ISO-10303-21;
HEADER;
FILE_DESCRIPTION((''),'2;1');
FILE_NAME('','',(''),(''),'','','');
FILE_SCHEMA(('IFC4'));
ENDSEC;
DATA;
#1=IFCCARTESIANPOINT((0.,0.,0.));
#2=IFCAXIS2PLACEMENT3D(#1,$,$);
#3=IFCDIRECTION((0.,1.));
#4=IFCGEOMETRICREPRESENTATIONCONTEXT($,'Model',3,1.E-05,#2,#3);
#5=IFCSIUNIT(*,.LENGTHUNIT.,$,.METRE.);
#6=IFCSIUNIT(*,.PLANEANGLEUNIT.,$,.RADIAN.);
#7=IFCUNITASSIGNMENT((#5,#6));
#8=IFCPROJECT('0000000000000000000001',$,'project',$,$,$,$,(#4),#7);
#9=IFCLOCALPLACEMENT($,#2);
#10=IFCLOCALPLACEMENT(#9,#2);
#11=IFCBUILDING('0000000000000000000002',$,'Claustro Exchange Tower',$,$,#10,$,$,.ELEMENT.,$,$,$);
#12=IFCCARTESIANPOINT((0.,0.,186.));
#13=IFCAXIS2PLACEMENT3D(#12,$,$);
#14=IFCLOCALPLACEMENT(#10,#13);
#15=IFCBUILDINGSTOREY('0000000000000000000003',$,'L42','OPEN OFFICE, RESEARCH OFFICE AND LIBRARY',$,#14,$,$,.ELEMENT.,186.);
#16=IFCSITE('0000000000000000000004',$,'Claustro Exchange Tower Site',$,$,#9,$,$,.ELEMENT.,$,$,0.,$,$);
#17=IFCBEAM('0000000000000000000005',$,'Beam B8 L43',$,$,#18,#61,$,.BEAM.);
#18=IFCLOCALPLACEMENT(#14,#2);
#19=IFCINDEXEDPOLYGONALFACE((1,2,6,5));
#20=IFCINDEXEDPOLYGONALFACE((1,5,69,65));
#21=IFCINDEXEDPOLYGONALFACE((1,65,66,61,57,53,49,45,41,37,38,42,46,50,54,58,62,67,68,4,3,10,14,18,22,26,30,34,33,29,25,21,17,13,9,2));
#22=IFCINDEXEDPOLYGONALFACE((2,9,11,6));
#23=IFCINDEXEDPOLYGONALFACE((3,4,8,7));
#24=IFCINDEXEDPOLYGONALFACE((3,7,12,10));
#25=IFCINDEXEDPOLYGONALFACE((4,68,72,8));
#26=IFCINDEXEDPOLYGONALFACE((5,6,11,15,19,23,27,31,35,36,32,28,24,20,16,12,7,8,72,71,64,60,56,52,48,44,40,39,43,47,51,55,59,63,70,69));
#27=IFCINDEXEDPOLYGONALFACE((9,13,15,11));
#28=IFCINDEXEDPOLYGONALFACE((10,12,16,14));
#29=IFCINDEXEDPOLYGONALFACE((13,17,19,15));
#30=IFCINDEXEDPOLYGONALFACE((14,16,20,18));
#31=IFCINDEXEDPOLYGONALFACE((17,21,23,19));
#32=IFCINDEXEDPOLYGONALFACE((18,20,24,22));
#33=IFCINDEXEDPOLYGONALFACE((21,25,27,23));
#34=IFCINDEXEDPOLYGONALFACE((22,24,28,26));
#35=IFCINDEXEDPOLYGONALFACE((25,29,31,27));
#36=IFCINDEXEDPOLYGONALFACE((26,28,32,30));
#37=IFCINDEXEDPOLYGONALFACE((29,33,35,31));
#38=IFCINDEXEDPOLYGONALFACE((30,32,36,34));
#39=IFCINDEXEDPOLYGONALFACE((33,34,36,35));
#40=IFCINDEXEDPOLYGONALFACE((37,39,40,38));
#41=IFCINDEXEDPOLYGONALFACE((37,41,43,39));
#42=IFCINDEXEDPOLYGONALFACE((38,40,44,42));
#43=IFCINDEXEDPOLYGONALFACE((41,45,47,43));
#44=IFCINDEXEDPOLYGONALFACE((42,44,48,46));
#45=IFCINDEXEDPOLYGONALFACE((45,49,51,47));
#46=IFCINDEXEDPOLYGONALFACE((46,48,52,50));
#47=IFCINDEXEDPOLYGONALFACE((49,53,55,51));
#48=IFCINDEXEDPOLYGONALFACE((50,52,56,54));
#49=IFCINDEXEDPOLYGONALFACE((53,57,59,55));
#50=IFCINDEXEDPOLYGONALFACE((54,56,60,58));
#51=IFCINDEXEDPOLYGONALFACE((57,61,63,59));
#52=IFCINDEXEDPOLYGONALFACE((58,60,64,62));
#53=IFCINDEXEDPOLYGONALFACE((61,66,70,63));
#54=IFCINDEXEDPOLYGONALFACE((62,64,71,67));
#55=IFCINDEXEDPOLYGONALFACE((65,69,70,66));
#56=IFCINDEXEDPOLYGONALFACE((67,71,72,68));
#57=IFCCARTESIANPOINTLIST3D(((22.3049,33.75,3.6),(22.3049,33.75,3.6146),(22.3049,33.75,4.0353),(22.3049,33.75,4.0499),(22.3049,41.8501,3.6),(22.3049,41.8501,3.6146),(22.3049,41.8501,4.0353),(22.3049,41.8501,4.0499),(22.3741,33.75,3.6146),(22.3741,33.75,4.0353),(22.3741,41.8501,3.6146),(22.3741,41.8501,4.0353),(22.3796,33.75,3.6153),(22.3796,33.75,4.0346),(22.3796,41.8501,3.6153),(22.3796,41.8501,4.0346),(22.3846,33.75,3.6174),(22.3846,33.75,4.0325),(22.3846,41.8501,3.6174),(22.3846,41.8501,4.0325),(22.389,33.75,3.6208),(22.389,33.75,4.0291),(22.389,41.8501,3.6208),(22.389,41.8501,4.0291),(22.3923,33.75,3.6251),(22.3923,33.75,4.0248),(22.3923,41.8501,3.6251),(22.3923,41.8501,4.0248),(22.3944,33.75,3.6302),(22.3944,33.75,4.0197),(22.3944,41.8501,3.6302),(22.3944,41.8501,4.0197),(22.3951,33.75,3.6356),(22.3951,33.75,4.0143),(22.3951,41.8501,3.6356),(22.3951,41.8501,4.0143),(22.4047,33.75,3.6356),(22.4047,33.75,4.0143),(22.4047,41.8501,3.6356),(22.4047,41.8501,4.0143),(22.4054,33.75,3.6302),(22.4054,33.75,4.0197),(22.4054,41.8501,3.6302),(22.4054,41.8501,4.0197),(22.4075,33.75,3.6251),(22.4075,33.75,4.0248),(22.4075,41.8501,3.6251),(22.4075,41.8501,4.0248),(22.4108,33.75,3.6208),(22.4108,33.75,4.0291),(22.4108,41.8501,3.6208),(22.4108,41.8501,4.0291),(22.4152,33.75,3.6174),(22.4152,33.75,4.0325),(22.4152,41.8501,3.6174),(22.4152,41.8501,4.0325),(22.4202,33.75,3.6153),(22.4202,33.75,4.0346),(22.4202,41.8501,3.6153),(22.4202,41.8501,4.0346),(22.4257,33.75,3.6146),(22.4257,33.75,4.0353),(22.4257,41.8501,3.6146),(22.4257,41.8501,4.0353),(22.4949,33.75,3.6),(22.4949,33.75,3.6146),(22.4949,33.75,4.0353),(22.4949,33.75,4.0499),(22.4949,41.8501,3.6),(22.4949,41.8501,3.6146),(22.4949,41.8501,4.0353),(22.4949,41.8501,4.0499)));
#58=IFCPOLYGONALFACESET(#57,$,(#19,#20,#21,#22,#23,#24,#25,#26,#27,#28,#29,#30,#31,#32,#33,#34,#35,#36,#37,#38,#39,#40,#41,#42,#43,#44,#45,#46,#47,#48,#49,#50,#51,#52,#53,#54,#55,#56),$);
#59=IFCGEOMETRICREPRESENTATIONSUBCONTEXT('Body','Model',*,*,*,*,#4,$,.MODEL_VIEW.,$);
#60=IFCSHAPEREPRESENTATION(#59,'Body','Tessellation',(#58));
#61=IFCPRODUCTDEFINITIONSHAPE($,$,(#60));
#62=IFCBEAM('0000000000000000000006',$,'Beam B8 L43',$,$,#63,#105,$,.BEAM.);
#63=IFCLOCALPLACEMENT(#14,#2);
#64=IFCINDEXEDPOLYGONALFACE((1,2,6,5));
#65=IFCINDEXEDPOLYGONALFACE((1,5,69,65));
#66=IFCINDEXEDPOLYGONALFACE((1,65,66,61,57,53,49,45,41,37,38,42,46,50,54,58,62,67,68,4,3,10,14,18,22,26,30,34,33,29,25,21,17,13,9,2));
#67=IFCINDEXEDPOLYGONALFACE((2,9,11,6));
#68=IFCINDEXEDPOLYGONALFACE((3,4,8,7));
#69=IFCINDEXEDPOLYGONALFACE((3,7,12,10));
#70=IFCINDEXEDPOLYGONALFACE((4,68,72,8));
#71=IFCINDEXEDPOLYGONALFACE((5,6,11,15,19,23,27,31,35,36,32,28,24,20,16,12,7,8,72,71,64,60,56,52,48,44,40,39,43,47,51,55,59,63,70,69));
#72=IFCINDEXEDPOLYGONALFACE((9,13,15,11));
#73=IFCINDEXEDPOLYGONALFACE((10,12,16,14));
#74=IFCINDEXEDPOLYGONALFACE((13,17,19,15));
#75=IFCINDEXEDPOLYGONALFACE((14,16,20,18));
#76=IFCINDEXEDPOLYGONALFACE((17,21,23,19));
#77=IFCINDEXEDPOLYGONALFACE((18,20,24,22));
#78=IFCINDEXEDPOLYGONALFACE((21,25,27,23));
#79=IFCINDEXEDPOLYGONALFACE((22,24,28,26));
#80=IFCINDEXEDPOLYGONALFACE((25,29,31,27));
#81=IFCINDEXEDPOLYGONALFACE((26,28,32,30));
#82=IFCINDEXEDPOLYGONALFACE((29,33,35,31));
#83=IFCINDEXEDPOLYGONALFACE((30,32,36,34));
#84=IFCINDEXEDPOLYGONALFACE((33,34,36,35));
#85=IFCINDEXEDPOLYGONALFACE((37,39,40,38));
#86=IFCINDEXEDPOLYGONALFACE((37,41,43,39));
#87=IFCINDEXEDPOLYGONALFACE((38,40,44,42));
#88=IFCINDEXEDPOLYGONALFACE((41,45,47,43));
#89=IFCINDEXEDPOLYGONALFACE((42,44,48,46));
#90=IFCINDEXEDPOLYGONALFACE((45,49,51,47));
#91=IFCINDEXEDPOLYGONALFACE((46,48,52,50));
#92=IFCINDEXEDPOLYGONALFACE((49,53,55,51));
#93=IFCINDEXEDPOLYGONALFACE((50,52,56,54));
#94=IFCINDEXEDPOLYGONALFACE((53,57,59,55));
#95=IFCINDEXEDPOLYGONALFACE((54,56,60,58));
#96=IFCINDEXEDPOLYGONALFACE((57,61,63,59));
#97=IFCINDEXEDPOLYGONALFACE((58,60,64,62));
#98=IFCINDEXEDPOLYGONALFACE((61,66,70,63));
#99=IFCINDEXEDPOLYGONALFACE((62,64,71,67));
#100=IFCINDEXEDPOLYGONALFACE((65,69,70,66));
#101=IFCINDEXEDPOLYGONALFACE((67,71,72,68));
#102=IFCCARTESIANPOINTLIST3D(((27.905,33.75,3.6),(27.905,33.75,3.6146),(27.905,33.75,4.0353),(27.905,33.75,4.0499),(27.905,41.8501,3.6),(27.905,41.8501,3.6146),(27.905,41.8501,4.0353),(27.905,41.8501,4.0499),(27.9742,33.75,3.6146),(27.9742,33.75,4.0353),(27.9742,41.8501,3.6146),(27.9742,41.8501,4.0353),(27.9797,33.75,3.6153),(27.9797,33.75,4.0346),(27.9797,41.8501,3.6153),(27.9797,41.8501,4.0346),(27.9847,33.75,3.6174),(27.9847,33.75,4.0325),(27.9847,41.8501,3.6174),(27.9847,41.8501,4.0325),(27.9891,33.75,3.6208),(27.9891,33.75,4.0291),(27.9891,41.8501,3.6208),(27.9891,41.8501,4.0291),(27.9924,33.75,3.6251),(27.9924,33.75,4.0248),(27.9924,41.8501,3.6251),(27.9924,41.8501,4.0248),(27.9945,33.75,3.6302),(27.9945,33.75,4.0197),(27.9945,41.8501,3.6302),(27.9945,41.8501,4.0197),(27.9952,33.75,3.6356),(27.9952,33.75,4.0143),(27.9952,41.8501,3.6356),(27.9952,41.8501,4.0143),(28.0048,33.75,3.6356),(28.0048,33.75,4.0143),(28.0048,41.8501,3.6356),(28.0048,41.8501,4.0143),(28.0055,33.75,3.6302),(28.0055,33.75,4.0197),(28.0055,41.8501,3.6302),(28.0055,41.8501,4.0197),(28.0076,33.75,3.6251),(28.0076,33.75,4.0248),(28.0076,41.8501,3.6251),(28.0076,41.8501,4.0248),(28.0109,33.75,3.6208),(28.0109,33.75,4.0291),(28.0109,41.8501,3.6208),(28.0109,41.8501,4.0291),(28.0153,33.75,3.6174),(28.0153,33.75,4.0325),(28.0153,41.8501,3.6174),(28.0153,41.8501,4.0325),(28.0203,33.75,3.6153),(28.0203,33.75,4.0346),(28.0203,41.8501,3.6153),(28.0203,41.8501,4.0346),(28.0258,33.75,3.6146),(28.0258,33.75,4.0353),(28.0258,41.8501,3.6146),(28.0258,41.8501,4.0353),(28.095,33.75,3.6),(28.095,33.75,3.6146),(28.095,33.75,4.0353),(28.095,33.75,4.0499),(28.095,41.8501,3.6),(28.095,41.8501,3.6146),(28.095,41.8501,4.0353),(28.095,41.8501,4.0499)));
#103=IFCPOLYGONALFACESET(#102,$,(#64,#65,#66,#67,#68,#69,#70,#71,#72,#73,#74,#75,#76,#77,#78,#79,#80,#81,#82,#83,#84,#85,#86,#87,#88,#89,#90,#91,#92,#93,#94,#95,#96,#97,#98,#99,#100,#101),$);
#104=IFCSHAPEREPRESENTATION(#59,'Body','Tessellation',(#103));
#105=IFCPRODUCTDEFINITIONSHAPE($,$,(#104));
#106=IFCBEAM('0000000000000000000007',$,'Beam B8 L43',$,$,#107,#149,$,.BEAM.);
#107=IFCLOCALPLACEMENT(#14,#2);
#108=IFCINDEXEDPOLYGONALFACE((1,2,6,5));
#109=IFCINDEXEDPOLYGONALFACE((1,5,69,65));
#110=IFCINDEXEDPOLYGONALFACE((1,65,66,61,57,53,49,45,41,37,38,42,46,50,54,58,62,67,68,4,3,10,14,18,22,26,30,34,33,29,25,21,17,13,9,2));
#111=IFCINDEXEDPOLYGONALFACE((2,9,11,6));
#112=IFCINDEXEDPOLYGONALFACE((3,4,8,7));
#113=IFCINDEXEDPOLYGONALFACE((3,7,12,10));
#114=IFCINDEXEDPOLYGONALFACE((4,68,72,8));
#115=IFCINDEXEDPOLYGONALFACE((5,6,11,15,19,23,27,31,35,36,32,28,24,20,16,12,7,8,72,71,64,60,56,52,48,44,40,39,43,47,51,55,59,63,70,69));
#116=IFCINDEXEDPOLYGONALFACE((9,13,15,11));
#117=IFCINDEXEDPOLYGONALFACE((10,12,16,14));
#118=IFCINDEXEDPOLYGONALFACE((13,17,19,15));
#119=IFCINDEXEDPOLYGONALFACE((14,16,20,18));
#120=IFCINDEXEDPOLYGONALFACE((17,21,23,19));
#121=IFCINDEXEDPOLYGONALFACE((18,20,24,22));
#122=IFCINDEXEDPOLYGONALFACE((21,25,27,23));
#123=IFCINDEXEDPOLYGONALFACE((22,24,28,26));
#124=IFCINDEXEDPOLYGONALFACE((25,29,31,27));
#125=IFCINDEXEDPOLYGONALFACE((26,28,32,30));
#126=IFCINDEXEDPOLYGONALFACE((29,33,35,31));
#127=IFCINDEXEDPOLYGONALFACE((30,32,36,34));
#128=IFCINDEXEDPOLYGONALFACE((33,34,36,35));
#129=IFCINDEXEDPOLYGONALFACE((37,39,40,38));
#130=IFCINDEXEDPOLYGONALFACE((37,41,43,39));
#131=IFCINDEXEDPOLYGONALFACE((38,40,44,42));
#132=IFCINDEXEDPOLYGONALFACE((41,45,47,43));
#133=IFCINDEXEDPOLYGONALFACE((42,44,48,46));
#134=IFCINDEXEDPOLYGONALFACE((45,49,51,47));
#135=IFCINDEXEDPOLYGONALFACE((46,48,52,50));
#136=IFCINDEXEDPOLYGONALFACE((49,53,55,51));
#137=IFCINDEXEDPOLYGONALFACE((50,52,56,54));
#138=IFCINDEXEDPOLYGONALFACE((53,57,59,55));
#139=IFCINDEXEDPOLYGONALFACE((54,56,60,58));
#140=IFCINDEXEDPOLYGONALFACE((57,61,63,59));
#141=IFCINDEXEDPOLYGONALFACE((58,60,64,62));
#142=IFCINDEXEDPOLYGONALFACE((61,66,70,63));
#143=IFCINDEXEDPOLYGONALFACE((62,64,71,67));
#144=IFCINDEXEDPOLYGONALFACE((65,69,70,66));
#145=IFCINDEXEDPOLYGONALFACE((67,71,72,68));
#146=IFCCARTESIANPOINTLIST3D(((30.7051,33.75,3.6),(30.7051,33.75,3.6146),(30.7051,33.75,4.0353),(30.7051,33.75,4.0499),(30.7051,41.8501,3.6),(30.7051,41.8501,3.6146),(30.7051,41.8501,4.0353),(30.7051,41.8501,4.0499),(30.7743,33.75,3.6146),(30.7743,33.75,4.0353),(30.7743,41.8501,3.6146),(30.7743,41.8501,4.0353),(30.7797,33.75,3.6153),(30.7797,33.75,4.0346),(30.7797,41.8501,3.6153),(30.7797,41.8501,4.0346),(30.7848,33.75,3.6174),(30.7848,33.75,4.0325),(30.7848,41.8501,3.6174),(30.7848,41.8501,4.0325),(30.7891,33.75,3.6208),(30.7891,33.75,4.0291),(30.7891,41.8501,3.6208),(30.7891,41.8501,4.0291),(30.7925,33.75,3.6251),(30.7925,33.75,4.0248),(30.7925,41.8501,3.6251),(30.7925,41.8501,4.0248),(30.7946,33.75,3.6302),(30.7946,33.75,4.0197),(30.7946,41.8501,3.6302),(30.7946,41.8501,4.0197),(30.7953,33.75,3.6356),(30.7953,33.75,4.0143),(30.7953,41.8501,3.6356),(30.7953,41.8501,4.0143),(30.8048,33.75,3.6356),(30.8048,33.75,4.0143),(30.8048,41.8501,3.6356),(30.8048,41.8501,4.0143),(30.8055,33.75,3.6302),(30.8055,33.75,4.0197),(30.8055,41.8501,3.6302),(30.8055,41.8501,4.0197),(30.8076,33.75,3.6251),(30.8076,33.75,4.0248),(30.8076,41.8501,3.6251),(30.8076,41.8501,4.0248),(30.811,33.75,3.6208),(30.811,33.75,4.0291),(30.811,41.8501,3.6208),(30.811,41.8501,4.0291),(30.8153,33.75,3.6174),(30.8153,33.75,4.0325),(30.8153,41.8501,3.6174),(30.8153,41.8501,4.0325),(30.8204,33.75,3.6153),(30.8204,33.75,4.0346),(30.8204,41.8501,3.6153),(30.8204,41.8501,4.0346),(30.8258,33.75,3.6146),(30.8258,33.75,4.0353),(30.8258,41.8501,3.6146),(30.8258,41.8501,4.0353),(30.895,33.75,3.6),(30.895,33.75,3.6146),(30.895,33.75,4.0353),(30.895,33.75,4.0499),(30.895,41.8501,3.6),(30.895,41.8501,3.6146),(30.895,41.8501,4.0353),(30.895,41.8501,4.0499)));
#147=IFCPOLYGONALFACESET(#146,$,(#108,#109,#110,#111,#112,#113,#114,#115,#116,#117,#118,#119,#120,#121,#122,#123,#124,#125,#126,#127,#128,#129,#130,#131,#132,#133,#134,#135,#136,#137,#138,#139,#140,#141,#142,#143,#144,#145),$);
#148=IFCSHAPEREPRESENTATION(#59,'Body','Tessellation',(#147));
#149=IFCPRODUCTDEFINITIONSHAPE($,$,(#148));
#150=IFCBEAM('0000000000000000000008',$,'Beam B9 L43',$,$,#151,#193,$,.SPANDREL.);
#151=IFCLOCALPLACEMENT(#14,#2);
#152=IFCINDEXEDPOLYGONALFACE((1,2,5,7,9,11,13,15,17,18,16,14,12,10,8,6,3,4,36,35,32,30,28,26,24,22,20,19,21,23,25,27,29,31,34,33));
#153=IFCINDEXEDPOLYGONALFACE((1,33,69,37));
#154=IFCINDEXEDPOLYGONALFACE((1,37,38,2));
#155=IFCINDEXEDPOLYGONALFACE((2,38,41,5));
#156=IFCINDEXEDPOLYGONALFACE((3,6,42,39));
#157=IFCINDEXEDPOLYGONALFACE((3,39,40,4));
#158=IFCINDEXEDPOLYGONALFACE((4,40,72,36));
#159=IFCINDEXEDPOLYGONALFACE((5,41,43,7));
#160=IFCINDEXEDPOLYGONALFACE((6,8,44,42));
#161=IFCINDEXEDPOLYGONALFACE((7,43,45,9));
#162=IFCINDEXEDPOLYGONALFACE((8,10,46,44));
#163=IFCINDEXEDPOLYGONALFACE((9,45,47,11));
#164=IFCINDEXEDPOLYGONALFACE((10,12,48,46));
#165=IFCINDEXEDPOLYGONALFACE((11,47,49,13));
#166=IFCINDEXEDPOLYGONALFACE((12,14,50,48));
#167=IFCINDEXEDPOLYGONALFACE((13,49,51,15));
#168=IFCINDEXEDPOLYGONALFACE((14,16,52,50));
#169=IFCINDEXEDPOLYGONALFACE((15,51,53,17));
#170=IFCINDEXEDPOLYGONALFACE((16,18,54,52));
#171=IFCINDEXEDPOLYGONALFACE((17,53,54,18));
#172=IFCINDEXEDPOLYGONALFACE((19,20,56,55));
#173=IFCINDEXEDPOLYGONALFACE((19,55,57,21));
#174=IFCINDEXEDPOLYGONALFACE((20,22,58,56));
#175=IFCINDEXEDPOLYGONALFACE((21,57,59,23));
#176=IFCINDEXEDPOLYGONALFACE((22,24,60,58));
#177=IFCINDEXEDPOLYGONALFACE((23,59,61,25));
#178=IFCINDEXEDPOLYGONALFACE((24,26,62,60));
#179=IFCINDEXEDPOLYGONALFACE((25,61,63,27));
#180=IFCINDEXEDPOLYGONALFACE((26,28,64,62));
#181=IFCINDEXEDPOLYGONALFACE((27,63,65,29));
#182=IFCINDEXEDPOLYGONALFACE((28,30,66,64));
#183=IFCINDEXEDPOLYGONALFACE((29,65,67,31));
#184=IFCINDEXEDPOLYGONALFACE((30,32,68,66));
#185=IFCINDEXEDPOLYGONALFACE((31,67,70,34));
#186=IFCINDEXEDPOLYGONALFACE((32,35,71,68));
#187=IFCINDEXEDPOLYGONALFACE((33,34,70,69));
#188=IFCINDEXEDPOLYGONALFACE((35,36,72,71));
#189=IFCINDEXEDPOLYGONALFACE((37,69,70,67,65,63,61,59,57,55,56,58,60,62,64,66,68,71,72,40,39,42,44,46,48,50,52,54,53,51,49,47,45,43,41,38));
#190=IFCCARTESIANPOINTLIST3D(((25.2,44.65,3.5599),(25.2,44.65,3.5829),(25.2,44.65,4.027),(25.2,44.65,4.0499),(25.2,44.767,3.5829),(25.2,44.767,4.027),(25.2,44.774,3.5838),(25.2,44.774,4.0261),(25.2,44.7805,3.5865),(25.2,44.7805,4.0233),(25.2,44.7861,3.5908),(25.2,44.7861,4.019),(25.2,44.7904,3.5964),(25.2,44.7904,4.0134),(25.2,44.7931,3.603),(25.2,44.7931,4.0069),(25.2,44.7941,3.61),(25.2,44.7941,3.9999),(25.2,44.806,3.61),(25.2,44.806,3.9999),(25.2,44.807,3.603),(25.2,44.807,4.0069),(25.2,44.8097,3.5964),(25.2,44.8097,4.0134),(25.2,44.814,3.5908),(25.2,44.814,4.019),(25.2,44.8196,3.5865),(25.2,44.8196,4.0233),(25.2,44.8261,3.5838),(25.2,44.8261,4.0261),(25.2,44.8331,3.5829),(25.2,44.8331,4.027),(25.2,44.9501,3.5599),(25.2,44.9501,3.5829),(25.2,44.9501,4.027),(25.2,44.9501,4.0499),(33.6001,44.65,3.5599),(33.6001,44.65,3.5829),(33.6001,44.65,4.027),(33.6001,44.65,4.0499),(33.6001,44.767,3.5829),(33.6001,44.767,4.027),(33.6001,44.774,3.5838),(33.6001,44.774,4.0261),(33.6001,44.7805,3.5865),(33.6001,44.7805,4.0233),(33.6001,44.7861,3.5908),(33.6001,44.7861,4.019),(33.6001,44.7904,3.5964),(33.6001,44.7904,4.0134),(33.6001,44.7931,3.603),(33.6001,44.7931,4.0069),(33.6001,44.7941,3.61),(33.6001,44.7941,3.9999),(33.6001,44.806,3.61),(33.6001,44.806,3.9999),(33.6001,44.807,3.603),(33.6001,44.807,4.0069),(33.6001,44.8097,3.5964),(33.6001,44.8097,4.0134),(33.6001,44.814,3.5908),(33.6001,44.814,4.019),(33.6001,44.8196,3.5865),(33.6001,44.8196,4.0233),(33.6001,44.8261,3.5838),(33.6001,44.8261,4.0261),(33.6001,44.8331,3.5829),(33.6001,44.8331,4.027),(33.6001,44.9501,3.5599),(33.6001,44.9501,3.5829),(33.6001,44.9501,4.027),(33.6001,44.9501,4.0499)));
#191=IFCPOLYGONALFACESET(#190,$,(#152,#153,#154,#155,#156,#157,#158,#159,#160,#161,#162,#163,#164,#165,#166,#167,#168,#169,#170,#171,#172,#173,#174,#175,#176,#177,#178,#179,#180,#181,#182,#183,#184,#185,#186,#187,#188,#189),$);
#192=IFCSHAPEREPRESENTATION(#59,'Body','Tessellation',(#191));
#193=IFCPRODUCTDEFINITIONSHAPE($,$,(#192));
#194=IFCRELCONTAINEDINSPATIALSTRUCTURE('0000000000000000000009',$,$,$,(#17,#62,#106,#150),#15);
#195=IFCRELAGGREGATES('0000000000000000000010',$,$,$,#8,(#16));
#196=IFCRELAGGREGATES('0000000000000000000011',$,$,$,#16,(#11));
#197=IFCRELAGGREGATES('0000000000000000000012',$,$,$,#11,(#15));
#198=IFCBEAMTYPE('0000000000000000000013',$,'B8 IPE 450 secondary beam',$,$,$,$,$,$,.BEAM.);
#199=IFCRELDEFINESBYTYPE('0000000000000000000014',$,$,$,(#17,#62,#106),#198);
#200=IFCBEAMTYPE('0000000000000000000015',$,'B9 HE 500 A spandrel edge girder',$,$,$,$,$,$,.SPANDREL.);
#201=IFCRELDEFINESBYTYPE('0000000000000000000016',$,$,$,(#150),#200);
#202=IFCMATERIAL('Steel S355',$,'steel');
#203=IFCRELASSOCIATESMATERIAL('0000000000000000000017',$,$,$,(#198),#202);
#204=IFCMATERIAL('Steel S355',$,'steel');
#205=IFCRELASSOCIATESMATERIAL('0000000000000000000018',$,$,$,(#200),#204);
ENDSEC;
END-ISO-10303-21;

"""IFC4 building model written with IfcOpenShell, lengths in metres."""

from ifc_helpers import new_model, si_unit, direction, frame, origin, origin_2d, place, context, subcontext, project, spatial, i_section, extrude, material, material_profile, profile_set, type_object, element, save


model = new_model("IFC4")

# Units and contexts
model_context = context("Model", 3, precision=1e-05, world=origin(), true_north=direction((0.0, 1.0)))
body_context = subcontext(model_context, "Body", "Model", "MODEL_VIEW")
ifc_project = project(units=[si_unit("LENGTHUNIT", "METRE"), si_unit("PLANEANGLEUNIT", "RADIAN")], contexts=[model_context])

# Site, building, storey
site_placement = place(None, origin())
site = spatial("IfcSite", under=ifc_project, at=site_placement, Name="Claustro Exchange Tower Site", CompositionType="ELEMENT", RefElevation=0.0)
building_placement = place(site_placement, origin())
building = spatial("IfcBuilding", under=site, at=building_placement, Name="Claustro Exchange Tower", CompositionType="ELEMENT")
storey_placement = place(building_placement, frame((0.0, 0.0, 186.0)))
storey = spatial("IfcBuildingStorey", under=building, at=storey_placement, Name="L42", Description="OPEN OFFICE, RESEARCH OFFICE AND LIBRARY", CompositionType="ELEMENT", Elevation=186.0)

# Beams
ifc_material_1 = material(Name="Steel S355", Category="steel")
ifc_material_profile_1 = material_profile(ifc_material_1, i_section(OverallWidth=0.1899, OverallDepth=0.45, WebThickness=0.0095, FlangeThickness=0.0146, FilletRadius=0.021, at=origin_2d()), Name="IPE 450")
ifc_profile_set_1 = profile_set([ifc_material_profile_1], Name="Steel S355")
beam_type_1 = type_object("IfcBeamType", Name="B8 IPE 450 secondary beam", PredefinedType="BEAM", material=ifc_profile_set_1)
for number, where, z_axis, x_axis, name in (
    (1, (22.3999, 33.75, 3.825), (0.0, 1.0, 0.0), (-1.0, 0.0, 0.0), "Beam B8 L43"),
    (2, (28.0, 33.75, 3.825), (0.0, 1.0, 0.0), (-1.0, 0.0, 0.0), "Beam B8 L43"),
    (3, (30.8, 33.75, 3.825), (0.0, 1.0, 0.0), (-1.0, 0.0, 0.0), "Beam B8 L43"),
):
    element("IfcBeam", number, at=place(storey_placement, frame(where, z_axis=z_axis, x_axis=x_axis)), inside=storey, type_object=beam_type_1, Name=name, PredefinedType="BEAM", context=body_context, shape_type="SweptSolid", body=[
        extrude(i_section(OverallWidth=0.1899, OverallDepth=0.45, WebThickness=0.0095, FlangeThickness=0.0146, FilletRadius=0.021, at=origin_2d()), origin(), (0.0, 0.0, 1.0), 8.1001),
    ])
ifc_material_2 = material(Name="Steel S355", Category="steel")
ifc_material_profile_2 = material_profile(ifc_material_2, i_section(OverallWidth=0.3, OverallDepth=0.49, WebThickness=0.012, FlangeThickness=0.0229, FilletRadius=0.0271, at=origin_2d()), Name="HE 500 A")
ifc_profile_set_2 = profile_set([ifc_material_profile_2], Name="Steel S355")
beam_type_2 = type_object("IfcBeamType", Name="B9 HE 500 A spandrel edge girder", PredefinedType="SPANDREL", material=ifc_profile_set_2)
beam_1_placement = place(storey_placement, frame((25.2, 44.8, 3.8049), z_axis=(1.0, 0.0, 0.0), x_axis=(0.0, 1.0, 0.0)))
element("IfcBeam", 4, at=beam_1_placement, inside=storey, type_object=beam_type_2, Name="Beam B9 L43", PredefinedType="SPANDREL", context=body_context, shape_type="SweptSolid", body=[
    extrude(i_section(OverallWidth=0.3, OverallDepth=0.49, WebThickness=0.012, FlangeThickness=0.0229, FilletRadius=0.0271, at=origin_2d()), origin(), (0.0, 0.0, 1.0), 8.4001),
])

save(model, "model.ifc")
